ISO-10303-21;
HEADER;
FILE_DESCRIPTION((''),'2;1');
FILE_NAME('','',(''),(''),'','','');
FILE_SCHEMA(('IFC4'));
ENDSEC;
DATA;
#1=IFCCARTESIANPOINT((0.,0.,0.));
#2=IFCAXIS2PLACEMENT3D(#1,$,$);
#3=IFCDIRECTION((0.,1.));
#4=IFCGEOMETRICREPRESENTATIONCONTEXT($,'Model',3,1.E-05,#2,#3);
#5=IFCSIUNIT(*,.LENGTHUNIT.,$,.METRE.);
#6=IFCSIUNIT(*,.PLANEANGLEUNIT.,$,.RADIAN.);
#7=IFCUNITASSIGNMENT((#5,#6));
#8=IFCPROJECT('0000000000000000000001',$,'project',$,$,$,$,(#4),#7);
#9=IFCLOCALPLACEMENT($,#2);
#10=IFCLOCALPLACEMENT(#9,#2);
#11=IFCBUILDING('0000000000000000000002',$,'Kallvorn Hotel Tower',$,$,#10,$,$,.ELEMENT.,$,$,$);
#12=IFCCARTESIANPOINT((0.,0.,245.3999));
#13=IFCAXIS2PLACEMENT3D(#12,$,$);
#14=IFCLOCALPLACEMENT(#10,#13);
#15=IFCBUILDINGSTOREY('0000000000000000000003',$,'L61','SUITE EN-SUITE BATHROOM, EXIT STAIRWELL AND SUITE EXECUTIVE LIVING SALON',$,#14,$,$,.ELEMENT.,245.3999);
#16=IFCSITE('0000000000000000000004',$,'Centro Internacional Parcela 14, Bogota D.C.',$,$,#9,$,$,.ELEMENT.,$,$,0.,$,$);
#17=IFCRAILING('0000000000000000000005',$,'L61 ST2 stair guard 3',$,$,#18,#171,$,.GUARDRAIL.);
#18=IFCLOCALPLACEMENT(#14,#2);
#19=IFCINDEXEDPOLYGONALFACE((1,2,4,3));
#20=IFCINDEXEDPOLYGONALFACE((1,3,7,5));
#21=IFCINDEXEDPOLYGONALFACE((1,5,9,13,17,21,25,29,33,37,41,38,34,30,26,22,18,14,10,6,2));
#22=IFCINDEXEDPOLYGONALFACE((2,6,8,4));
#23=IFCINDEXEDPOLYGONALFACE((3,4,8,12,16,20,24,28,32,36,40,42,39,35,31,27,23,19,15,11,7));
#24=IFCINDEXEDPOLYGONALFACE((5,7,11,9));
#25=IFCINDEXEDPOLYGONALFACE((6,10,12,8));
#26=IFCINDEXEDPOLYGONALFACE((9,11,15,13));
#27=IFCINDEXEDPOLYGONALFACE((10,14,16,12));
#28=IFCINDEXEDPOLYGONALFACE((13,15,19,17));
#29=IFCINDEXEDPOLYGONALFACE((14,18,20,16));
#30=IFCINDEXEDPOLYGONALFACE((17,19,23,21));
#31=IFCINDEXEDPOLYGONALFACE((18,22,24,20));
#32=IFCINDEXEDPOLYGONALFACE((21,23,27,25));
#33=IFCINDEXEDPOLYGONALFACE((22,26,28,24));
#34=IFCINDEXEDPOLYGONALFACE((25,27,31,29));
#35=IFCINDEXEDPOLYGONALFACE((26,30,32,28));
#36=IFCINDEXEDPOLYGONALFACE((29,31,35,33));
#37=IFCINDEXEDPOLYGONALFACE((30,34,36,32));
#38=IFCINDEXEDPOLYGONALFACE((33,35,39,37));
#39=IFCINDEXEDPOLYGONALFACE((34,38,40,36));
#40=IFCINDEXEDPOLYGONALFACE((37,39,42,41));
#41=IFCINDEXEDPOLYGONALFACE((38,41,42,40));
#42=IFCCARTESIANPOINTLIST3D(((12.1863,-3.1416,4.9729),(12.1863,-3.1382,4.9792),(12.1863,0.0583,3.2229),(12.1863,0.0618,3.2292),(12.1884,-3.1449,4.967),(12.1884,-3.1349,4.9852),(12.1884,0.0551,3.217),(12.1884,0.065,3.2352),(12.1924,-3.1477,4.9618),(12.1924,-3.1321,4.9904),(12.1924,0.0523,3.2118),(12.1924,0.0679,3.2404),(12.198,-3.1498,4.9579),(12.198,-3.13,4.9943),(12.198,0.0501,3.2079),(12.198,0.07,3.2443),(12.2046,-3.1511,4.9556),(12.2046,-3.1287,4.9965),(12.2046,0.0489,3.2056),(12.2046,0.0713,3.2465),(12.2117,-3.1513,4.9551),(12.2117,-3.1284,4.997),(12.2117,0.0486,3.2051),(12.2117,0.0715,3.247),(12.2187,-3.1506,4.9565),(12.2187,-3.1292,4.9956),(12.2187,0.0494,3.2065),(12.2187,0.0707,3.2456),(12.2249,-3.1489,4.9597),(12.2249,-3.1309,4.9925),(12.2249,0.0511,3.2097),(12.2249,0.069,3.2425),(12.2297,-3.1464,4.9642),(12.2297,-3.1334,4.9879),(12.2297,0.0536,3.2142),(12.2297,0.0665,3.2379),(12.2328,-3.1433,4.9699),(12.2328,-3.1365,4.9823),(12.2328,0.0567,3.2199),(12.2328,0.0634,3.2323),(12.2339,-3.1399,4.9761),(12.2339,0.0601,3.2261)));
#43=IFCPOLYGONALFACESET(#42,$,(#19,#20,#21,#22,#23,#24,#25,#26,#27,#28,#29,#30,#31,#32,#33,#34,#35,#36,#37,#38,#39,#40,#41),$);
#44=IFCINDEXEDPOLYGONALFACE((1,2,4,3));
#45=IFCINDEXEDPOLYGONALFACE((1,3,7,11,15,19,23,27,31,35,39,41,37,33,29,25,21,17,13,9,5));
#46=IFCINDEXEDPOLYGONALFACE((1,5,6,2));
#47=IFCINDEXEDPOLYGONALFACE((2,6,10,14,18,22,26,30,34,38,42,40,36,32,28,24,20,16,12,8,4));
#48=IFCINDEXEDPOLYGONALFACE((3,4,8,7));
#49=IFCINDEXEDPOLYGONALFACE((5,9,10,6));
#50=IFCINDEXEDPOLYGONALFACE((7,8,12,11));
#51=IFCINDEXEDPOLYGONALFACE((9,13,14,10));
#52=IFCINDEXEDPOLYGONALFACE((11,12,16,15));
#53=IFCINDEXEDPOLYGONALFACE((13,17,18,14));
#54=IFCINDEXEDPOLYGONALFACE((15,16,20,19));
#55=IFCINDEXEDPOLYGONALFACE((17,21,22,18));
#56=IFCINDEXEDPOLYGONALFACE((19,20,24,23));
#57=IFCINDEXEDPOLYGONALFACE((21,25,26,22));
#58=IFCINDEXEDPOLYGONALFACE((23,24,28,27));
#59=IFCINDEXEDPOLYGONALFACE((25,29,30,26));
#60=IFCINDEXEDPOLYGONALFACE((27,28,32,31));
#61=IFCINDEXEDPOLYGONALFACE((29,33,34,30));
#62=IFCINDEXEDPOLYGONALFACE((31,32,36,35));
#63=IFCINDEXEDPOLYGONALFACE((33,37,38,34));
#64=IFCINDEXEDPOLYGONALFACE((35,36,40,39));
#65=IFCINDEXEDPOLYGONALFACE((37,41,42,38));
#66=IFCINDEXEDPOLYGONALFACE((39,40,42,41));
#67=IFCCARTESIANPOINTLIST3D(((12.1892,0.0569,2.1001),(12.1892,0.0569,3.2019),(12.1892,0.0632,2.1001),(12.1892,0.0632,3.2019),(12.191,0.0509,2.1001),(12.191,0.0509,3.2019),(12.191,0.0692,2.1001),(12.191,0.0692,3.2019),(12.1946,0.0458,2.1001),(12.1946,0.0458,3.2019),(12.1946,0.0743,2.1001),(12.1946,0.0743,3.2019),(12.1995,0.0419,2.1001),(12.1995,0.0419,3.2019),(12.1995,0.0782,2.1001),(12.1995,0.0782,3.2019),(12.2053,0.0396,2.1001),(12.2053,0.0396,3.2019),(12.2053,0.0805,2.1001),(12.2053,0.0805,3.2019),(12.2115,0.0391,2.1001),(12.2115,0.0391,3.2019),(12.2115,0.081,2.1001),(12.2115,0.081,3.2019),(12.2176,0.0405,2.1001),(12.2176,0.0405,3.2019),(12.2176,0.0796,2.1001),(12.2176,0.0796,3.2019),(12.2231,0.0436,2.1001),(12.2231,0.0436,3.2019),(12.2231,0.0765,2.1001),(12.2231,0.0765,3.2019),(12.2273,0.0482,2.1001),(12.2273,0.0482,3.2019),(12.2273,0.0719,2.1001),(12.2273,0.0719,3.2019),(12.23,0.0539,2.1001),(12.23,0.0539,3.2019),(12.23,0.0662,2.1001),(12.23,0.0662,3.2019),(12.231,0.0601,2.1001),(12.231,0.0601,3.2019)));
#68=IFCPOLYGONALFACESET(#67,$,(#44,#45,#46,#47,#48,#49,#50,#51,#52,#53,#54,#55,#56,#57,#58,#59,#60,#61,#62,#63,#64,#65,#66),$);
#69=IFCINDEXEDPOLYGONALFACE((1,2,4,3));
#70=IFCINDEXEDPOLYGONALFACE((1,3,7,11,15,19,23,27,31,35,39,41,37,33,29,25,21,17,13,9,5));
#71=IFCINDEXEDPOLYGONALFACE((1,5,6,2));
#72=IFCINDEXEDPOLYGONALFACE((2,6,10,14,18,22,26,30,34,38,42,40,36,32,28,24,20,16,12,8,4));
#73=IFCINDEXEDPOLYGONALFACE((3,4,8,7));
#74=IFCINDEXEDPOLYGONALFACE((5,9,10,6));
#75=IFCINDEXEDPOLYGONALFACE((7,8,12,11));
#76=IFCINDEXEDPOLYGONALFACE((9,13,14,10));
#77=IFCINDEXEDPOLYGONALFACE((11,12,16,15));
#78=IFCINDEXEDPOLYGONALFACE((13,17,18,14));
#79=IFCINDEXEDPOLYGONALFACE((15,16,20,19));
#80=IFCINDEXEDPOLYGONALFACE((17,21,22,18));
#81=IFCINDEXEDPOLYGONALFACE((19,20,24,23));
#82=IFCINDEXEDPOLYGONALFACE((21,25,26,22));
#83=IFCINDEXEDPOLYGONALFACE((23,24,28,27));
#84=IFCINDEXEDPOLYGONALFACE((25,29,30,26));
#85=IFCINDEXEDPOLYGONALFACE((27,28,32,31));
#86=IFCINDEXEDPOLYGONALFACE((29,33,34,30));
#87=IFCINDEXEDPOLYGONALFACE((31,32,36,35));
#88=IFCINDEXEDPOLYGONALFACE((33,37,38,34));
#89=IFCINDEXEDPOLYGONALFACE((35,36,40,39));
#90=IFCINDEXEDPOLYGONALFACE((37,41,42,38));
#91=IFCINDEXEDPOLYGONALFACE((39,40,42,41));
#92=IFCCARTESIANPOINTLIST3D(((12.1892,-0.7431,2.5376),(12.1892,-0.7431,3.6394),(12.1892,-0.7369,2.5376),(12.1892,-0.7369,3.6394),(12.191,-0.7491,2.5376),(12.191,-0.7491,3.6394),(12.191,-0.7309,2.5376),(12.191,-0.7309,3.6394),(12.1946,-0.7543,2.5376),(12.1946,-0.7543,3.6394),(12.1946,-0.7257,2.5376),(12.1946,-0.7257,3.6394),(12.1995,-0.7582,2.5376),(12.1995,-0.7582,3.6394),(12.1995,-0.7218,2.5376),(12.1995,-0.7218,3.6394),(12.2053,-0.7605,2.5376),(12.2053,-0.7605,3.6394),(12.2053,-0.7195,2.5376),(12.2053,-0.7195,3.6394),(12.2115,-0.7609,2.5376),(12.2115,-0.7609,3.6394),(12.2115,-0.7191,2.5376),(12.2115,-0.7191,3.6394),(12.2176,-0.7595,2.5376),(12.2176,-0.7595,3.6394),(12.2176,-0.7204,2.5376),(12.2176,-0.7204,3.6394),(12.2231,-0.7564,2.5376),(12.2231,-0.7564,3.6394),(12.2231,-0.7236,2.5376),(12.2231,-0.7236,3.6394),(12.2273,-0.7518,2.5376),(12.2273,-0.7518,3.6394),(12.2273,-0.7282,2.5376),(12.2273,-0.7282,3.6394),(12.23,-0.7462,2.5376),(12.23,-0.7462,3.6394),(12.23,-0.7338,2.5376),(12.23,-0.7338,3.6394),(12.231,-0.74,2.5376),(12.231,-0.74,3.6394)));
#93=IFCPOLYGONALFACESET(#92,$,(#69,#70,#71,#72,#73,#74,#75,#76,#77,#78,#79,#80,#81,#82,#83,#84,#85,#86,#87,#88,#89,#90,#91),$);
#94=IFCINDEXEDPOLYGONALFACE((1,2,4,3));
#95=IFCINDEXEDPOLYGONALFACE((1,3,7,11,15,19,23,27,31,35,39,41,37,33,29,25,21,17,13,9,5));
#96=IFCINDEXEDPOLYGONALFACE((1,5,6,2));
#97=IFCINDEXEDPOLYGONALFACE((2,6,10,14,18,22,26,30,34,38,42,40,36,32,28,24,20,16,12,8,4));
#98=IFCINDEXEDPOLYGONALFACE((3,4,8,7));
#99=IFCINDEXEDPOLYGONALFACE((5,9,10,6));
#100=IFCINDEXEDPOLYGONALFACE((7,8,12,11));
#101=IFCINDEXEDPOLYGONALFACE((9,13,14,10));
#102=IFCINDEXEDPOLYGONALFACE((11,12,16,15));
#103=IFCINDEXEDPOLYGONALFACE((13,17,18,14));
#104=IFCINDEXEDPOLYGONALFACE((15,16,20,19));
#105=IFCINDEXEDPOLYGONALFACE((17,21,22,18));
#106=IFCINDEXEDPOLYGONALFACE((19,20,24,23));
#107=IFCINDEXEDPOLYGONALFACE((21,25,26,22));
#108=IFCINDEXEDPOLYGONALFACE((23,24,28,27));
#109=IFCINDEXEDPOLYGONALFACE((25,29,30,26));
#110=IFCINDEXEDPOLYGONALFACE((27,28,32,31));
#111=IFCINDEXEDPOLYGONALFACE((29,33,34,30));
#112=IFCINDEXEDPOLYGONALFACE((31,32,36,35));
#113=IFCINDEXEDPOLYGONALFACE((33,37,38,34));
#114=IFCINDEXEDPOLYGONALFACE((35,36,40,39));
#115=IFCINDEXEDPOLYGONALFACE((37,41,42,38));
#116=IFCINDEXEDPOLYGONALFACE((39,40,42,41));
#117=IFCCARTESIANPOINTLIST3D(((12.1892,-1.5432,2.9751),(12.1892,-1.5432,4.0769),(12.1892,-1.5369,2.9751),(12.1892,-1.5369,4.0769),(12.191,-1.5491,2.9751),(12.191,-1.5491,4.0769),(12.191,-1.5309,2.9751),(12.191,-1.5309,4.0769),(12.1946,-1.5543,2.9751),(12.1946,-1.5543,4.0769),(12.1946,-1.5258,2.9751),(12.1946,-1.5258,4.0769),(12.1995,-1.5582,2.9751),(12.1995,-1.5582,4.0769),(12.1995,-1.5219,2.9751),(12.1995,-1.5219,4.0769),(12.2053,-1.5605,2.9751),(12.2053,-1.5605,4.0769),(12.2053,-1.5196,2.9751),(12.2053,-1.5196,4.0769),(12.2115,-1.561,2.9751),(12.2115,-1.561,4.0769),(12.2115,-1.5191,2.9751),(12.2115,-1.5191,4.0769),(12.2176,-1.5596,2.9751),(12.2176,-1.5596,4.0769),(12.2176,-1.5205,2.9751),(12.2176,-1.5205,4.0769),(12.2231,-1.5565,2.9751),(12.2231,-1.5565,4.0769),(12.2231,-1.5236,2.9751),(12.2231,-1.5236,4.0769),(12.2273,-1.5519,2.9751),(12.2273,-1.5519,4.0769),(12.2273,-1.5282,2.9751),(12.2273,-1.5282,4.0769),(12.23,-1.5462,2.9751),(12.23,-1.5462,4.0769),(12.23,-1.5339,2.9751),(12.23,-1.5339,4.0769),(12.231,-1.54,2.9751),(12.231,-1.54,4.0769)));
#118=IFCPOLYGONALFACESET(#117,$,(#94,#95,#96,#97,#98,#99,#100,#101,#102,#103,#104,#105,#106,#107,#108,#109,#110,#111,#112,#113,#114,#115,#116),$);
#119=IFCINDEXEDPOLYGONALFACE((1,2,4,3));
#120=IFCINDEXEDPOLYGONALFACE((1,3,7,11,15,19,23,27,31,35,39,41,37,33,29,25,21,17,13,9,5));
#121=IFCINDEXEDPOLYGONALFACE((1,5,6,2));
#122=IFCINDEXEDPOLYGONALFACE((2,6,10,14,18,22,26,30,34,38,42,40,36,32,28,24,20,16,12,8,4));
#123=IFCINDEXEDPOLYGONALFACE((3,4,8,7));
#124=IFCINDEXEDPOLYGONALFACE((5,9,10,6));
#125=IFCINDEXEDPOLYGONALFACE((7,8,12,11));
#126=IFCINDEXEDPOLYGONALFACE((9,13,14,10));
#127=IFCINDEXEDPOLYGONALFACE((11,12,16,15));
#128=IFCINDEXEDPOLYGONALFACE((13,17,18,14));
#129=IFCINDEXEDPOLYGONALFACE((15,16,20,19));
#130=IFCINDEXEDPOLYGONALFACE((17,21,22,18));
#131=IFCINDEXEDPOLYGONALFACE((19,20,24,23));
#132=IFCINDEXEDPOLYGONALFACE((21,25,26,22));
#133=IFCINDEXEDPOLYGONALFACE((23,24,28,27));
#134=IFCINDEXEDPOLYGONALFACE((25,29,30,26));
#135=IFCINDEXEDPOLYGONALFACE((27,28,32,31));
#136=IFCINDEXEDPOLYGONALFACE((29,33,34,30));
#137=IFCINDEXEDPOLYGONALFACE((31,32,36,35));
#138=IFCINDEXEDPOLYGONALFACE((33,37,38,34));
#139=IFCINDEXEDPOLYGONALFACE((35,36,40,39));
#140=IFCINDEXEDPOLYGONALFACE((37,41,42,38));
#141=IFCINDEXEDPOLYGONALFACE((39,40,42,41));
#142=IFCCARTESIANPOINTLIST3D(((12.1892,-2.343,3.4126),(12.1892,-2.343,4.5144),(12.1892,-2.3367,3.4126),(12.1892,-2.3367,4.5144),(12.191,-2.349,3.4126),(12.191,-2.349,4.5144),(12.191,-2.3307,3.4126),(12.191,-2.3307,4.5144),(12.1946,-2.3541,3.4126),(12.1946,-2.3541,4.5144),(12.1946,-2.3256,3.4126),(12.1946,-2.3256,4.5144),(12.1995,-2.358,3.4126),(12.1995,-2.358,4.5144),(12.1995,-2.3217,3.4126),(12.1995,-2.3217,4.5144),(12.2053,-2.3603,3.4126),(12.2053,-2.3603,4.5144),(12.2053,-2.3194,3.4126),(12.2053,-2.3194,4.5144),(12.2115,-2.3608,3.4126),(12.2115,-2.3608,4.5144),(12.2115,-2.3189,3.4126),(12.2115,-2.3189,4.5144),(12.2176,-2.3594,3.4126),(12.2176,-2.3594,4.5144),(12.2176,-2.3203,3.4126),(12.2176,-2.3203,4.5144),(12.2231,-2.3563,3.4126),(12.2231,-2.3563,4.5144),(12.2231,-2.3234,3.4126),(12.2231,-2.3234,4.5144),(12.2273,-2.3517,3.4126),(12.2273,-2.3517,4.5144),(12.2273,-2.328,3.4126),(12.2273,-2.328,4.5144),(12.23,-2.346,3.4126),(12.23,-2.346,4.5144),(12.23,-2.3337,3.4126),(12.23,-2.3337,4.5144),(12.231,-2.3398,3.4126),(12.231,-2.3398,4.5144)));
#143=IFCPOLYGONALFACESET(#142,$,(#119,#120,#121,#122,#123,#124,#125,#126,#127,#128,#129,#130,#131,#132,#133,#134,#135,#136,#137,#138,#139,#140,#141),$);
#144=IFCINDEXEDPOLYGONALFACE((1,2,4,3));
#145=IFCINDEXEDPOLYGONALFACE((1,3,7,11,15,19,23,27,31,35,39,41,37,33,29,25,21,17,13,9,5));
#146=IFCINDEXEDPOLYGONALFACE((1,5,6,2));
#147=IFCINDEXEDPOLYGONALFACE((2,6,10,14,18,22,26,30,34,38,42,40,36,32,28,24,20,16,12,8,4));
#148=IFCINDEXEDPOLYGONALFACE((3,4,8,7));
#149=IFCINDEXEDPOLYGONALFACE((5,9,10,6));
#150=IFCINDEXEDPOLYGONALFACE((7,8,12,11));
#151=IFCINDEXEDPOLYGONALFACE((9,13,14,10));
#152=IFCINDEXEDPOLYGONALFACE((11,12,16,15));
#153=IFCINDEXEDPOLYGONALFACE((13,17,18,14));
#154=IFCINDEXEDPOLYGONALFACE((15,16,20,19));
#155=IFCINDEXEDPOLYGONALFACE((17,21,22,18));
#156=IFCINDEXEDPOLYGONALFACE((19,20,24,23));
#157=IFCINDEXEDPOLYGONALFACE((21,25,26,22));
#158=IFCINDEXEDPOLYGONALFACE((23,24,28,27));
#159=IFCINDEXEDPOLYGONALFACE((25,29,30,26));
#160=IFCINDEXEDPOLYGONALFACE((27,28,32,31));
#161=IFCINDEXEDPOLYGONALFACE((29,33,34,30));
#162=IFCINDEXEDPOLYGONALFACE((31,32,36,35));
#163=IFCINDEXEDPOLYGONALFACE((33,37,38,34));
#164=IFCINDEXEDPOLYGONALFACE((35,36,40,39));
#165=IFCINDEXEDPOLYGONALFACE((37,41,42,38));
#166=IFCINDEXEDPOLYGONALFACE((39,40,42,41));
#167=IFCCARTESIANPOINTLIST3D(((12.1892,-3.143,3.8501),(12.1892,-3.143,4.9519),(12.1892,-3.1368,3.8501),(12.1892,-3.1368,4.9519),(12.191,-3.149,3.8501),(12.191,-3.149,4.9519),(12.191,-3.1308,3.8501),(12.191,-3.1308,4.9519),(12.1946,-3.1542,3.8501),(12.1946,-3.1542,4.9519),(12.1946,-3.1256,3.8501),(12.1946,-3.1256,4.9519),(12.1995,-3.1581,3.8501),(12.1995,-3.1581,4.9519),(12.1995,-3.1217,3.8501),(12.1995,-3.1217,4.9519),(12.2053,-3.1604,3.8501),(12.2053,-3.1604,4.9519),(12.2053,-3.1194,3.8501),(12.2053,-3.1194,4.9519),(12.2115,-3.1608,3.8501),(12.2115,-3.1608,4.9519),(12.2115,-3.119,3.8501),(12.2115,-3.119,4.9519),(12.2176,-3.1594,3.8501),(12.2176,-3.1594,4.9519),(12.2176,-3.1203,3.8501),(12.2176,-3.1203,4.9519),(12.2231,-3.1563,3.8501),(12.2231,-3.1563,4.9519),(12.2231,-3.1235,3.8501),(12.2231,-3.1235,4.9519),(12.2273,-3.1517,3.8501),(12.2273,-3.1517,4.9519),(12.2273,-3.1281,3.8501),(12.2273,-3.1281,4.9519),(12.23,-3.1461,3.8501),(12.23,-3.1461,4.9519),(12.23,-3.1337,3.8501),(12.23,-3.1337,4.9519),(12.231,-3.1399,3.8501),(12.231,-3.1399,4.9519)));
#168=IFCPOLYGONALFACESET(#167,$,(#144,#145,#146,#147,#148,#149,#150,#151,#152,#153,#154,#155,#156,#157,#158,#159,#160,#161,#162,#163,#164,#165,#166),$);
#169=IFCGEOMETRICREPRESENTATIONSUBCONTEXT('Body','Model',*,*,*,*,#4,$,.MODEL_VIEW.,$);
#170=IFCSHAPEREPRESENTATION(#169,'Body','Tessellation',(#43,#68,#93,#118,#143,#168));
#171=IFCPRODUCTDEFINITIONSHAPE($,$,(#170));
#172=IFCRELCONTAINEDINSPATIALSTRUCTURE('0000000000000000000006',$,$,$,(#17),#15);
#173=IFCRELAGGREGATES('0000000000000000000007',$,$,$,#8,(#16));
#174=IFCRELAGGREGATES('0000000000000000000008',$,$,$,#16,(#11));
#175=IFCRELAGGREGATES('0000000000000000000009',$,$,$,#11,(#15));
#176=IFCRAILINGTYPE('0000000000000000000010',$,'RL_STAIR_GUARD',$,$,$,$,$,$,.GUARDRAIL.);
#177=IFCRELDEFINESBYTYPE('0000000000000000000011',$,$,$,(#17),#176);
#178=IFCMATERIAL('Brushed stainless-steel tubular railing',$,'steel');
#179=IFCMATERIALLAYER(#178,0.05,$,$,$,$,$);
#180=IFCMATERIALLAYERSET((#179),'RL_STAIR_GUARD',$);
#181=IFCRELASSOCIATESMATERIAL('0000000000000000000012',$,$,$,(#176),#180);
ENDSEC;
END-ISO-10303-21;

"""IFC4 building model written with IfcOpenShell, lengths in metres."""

from ifc_helpers import new_model, si_unit, direction, frame, origin, origin_2d, place, context, subcontext, project, spatial, circle, extrude, material, layer, layer_set, type_object, element, save


model = new_model("IFC4")

# Units and contexts
model_context = context("Model", 3, precision=1e-05, world=origin(), true_north=direction((0.0, 1.0)))
body_context = subcontext(model_context, "Body", "Model", "MODEL_VIEW")
ifc_project = project(units=[si_unit("LENGTHUNIT", "METRE"), si_unit("PLANEANGLEUNIT", "RADIAN")], contexts=[model_context])

# Site, building, storey
site_placement = place(None, origin())
site = spatial("IfcSite", under=ifc_project, at=site_placement, Name="Centro Internacional Parcela 14, Bogota D.C.", CompositionType="ELEMENT", RefElevation=0.0)
building_placement = place(site_placement, origin())
building = spatial("IfcBuilding", under=site, at=building_placement, Name="Kallvorn Hotel Tower", CompositionType="ELEMENT")
storey_placement = place(building_placement, frame((0.0, 0.0, 245.3999)))
storey = spatial("IfcBuildingStorey", under=building, at=storey_placement, Name="L61", Description="SUITE EN-SUITE BATHROOM, EXIT STAIRWELL AND SUITE EXECUTIVE LIVING SALON", CompositionType="ELEMENT", Elevation=245.3999)

# Railing
ifc_material_1 = material(Name="Brushed stainless-steel tubular railing", Category="steel")
ifc_layer_1 = layer(ifc_material_1, 0.05)
ifc_layer_set_1 = layer_set([ifc_layer_1], Name="RL_STAIR_GUARD")
railing_type_1 = type_object("IfcRailingType", Name="RL_STAIR_GUARD", PredefinedType="GUARDRAIL", material=ifc_layer_set_1)
railing_1_placement = place(storey_placement, frame((12.21, 0.0601, 2.1001)))
element("IfcRailing", 1, at=railing_1_placement, inside=storey, type_object=railing_type_1, Name="L61 ST2 stair guard 3", PredefinedType="GUARDRAIL", context=body_context, shape_type="SweptSolid", body=[
    extrude(circle(Radius=0.0239, at=origin_2d()), frame((0.0, 0.0, 1.126), z_axis=(0.0, -0.877368, 0.479818), x_axis=(1.0, 0.0, 0.0)), (0.0, 0.0, 1.0), 3.6472),
    extrude(circle(Radius=0.021, at=origin_2d()), origin(), (0.0, 0.0, 1.0), 1.1018),
    extrude(circle(Radius=0.021, at=origin_2d()), frame((0.0, -0.8, 0.4375)), (0.0, 0.0, 1.0), 1.1018),
    extrude(circle(Radius=0.021, at=origin_2d()), frame((0.0, -1.6001, 0.875)), (0.0, 0.0, 1.0), 1.1018),
    extrude(circle(Radius=0.021, at=origin_2d()), frame((0.0, -2.3999, 1.3125)), (0.0, 0.0, 1.0), 1.1018),
    extrude(circle(Radius=0.021, at=origin_2d()), frame((0.0, -3.2, 1.75)), (0.0, 0.0, 1.0), 1.1018),
])

save(model, "model.ifc")
